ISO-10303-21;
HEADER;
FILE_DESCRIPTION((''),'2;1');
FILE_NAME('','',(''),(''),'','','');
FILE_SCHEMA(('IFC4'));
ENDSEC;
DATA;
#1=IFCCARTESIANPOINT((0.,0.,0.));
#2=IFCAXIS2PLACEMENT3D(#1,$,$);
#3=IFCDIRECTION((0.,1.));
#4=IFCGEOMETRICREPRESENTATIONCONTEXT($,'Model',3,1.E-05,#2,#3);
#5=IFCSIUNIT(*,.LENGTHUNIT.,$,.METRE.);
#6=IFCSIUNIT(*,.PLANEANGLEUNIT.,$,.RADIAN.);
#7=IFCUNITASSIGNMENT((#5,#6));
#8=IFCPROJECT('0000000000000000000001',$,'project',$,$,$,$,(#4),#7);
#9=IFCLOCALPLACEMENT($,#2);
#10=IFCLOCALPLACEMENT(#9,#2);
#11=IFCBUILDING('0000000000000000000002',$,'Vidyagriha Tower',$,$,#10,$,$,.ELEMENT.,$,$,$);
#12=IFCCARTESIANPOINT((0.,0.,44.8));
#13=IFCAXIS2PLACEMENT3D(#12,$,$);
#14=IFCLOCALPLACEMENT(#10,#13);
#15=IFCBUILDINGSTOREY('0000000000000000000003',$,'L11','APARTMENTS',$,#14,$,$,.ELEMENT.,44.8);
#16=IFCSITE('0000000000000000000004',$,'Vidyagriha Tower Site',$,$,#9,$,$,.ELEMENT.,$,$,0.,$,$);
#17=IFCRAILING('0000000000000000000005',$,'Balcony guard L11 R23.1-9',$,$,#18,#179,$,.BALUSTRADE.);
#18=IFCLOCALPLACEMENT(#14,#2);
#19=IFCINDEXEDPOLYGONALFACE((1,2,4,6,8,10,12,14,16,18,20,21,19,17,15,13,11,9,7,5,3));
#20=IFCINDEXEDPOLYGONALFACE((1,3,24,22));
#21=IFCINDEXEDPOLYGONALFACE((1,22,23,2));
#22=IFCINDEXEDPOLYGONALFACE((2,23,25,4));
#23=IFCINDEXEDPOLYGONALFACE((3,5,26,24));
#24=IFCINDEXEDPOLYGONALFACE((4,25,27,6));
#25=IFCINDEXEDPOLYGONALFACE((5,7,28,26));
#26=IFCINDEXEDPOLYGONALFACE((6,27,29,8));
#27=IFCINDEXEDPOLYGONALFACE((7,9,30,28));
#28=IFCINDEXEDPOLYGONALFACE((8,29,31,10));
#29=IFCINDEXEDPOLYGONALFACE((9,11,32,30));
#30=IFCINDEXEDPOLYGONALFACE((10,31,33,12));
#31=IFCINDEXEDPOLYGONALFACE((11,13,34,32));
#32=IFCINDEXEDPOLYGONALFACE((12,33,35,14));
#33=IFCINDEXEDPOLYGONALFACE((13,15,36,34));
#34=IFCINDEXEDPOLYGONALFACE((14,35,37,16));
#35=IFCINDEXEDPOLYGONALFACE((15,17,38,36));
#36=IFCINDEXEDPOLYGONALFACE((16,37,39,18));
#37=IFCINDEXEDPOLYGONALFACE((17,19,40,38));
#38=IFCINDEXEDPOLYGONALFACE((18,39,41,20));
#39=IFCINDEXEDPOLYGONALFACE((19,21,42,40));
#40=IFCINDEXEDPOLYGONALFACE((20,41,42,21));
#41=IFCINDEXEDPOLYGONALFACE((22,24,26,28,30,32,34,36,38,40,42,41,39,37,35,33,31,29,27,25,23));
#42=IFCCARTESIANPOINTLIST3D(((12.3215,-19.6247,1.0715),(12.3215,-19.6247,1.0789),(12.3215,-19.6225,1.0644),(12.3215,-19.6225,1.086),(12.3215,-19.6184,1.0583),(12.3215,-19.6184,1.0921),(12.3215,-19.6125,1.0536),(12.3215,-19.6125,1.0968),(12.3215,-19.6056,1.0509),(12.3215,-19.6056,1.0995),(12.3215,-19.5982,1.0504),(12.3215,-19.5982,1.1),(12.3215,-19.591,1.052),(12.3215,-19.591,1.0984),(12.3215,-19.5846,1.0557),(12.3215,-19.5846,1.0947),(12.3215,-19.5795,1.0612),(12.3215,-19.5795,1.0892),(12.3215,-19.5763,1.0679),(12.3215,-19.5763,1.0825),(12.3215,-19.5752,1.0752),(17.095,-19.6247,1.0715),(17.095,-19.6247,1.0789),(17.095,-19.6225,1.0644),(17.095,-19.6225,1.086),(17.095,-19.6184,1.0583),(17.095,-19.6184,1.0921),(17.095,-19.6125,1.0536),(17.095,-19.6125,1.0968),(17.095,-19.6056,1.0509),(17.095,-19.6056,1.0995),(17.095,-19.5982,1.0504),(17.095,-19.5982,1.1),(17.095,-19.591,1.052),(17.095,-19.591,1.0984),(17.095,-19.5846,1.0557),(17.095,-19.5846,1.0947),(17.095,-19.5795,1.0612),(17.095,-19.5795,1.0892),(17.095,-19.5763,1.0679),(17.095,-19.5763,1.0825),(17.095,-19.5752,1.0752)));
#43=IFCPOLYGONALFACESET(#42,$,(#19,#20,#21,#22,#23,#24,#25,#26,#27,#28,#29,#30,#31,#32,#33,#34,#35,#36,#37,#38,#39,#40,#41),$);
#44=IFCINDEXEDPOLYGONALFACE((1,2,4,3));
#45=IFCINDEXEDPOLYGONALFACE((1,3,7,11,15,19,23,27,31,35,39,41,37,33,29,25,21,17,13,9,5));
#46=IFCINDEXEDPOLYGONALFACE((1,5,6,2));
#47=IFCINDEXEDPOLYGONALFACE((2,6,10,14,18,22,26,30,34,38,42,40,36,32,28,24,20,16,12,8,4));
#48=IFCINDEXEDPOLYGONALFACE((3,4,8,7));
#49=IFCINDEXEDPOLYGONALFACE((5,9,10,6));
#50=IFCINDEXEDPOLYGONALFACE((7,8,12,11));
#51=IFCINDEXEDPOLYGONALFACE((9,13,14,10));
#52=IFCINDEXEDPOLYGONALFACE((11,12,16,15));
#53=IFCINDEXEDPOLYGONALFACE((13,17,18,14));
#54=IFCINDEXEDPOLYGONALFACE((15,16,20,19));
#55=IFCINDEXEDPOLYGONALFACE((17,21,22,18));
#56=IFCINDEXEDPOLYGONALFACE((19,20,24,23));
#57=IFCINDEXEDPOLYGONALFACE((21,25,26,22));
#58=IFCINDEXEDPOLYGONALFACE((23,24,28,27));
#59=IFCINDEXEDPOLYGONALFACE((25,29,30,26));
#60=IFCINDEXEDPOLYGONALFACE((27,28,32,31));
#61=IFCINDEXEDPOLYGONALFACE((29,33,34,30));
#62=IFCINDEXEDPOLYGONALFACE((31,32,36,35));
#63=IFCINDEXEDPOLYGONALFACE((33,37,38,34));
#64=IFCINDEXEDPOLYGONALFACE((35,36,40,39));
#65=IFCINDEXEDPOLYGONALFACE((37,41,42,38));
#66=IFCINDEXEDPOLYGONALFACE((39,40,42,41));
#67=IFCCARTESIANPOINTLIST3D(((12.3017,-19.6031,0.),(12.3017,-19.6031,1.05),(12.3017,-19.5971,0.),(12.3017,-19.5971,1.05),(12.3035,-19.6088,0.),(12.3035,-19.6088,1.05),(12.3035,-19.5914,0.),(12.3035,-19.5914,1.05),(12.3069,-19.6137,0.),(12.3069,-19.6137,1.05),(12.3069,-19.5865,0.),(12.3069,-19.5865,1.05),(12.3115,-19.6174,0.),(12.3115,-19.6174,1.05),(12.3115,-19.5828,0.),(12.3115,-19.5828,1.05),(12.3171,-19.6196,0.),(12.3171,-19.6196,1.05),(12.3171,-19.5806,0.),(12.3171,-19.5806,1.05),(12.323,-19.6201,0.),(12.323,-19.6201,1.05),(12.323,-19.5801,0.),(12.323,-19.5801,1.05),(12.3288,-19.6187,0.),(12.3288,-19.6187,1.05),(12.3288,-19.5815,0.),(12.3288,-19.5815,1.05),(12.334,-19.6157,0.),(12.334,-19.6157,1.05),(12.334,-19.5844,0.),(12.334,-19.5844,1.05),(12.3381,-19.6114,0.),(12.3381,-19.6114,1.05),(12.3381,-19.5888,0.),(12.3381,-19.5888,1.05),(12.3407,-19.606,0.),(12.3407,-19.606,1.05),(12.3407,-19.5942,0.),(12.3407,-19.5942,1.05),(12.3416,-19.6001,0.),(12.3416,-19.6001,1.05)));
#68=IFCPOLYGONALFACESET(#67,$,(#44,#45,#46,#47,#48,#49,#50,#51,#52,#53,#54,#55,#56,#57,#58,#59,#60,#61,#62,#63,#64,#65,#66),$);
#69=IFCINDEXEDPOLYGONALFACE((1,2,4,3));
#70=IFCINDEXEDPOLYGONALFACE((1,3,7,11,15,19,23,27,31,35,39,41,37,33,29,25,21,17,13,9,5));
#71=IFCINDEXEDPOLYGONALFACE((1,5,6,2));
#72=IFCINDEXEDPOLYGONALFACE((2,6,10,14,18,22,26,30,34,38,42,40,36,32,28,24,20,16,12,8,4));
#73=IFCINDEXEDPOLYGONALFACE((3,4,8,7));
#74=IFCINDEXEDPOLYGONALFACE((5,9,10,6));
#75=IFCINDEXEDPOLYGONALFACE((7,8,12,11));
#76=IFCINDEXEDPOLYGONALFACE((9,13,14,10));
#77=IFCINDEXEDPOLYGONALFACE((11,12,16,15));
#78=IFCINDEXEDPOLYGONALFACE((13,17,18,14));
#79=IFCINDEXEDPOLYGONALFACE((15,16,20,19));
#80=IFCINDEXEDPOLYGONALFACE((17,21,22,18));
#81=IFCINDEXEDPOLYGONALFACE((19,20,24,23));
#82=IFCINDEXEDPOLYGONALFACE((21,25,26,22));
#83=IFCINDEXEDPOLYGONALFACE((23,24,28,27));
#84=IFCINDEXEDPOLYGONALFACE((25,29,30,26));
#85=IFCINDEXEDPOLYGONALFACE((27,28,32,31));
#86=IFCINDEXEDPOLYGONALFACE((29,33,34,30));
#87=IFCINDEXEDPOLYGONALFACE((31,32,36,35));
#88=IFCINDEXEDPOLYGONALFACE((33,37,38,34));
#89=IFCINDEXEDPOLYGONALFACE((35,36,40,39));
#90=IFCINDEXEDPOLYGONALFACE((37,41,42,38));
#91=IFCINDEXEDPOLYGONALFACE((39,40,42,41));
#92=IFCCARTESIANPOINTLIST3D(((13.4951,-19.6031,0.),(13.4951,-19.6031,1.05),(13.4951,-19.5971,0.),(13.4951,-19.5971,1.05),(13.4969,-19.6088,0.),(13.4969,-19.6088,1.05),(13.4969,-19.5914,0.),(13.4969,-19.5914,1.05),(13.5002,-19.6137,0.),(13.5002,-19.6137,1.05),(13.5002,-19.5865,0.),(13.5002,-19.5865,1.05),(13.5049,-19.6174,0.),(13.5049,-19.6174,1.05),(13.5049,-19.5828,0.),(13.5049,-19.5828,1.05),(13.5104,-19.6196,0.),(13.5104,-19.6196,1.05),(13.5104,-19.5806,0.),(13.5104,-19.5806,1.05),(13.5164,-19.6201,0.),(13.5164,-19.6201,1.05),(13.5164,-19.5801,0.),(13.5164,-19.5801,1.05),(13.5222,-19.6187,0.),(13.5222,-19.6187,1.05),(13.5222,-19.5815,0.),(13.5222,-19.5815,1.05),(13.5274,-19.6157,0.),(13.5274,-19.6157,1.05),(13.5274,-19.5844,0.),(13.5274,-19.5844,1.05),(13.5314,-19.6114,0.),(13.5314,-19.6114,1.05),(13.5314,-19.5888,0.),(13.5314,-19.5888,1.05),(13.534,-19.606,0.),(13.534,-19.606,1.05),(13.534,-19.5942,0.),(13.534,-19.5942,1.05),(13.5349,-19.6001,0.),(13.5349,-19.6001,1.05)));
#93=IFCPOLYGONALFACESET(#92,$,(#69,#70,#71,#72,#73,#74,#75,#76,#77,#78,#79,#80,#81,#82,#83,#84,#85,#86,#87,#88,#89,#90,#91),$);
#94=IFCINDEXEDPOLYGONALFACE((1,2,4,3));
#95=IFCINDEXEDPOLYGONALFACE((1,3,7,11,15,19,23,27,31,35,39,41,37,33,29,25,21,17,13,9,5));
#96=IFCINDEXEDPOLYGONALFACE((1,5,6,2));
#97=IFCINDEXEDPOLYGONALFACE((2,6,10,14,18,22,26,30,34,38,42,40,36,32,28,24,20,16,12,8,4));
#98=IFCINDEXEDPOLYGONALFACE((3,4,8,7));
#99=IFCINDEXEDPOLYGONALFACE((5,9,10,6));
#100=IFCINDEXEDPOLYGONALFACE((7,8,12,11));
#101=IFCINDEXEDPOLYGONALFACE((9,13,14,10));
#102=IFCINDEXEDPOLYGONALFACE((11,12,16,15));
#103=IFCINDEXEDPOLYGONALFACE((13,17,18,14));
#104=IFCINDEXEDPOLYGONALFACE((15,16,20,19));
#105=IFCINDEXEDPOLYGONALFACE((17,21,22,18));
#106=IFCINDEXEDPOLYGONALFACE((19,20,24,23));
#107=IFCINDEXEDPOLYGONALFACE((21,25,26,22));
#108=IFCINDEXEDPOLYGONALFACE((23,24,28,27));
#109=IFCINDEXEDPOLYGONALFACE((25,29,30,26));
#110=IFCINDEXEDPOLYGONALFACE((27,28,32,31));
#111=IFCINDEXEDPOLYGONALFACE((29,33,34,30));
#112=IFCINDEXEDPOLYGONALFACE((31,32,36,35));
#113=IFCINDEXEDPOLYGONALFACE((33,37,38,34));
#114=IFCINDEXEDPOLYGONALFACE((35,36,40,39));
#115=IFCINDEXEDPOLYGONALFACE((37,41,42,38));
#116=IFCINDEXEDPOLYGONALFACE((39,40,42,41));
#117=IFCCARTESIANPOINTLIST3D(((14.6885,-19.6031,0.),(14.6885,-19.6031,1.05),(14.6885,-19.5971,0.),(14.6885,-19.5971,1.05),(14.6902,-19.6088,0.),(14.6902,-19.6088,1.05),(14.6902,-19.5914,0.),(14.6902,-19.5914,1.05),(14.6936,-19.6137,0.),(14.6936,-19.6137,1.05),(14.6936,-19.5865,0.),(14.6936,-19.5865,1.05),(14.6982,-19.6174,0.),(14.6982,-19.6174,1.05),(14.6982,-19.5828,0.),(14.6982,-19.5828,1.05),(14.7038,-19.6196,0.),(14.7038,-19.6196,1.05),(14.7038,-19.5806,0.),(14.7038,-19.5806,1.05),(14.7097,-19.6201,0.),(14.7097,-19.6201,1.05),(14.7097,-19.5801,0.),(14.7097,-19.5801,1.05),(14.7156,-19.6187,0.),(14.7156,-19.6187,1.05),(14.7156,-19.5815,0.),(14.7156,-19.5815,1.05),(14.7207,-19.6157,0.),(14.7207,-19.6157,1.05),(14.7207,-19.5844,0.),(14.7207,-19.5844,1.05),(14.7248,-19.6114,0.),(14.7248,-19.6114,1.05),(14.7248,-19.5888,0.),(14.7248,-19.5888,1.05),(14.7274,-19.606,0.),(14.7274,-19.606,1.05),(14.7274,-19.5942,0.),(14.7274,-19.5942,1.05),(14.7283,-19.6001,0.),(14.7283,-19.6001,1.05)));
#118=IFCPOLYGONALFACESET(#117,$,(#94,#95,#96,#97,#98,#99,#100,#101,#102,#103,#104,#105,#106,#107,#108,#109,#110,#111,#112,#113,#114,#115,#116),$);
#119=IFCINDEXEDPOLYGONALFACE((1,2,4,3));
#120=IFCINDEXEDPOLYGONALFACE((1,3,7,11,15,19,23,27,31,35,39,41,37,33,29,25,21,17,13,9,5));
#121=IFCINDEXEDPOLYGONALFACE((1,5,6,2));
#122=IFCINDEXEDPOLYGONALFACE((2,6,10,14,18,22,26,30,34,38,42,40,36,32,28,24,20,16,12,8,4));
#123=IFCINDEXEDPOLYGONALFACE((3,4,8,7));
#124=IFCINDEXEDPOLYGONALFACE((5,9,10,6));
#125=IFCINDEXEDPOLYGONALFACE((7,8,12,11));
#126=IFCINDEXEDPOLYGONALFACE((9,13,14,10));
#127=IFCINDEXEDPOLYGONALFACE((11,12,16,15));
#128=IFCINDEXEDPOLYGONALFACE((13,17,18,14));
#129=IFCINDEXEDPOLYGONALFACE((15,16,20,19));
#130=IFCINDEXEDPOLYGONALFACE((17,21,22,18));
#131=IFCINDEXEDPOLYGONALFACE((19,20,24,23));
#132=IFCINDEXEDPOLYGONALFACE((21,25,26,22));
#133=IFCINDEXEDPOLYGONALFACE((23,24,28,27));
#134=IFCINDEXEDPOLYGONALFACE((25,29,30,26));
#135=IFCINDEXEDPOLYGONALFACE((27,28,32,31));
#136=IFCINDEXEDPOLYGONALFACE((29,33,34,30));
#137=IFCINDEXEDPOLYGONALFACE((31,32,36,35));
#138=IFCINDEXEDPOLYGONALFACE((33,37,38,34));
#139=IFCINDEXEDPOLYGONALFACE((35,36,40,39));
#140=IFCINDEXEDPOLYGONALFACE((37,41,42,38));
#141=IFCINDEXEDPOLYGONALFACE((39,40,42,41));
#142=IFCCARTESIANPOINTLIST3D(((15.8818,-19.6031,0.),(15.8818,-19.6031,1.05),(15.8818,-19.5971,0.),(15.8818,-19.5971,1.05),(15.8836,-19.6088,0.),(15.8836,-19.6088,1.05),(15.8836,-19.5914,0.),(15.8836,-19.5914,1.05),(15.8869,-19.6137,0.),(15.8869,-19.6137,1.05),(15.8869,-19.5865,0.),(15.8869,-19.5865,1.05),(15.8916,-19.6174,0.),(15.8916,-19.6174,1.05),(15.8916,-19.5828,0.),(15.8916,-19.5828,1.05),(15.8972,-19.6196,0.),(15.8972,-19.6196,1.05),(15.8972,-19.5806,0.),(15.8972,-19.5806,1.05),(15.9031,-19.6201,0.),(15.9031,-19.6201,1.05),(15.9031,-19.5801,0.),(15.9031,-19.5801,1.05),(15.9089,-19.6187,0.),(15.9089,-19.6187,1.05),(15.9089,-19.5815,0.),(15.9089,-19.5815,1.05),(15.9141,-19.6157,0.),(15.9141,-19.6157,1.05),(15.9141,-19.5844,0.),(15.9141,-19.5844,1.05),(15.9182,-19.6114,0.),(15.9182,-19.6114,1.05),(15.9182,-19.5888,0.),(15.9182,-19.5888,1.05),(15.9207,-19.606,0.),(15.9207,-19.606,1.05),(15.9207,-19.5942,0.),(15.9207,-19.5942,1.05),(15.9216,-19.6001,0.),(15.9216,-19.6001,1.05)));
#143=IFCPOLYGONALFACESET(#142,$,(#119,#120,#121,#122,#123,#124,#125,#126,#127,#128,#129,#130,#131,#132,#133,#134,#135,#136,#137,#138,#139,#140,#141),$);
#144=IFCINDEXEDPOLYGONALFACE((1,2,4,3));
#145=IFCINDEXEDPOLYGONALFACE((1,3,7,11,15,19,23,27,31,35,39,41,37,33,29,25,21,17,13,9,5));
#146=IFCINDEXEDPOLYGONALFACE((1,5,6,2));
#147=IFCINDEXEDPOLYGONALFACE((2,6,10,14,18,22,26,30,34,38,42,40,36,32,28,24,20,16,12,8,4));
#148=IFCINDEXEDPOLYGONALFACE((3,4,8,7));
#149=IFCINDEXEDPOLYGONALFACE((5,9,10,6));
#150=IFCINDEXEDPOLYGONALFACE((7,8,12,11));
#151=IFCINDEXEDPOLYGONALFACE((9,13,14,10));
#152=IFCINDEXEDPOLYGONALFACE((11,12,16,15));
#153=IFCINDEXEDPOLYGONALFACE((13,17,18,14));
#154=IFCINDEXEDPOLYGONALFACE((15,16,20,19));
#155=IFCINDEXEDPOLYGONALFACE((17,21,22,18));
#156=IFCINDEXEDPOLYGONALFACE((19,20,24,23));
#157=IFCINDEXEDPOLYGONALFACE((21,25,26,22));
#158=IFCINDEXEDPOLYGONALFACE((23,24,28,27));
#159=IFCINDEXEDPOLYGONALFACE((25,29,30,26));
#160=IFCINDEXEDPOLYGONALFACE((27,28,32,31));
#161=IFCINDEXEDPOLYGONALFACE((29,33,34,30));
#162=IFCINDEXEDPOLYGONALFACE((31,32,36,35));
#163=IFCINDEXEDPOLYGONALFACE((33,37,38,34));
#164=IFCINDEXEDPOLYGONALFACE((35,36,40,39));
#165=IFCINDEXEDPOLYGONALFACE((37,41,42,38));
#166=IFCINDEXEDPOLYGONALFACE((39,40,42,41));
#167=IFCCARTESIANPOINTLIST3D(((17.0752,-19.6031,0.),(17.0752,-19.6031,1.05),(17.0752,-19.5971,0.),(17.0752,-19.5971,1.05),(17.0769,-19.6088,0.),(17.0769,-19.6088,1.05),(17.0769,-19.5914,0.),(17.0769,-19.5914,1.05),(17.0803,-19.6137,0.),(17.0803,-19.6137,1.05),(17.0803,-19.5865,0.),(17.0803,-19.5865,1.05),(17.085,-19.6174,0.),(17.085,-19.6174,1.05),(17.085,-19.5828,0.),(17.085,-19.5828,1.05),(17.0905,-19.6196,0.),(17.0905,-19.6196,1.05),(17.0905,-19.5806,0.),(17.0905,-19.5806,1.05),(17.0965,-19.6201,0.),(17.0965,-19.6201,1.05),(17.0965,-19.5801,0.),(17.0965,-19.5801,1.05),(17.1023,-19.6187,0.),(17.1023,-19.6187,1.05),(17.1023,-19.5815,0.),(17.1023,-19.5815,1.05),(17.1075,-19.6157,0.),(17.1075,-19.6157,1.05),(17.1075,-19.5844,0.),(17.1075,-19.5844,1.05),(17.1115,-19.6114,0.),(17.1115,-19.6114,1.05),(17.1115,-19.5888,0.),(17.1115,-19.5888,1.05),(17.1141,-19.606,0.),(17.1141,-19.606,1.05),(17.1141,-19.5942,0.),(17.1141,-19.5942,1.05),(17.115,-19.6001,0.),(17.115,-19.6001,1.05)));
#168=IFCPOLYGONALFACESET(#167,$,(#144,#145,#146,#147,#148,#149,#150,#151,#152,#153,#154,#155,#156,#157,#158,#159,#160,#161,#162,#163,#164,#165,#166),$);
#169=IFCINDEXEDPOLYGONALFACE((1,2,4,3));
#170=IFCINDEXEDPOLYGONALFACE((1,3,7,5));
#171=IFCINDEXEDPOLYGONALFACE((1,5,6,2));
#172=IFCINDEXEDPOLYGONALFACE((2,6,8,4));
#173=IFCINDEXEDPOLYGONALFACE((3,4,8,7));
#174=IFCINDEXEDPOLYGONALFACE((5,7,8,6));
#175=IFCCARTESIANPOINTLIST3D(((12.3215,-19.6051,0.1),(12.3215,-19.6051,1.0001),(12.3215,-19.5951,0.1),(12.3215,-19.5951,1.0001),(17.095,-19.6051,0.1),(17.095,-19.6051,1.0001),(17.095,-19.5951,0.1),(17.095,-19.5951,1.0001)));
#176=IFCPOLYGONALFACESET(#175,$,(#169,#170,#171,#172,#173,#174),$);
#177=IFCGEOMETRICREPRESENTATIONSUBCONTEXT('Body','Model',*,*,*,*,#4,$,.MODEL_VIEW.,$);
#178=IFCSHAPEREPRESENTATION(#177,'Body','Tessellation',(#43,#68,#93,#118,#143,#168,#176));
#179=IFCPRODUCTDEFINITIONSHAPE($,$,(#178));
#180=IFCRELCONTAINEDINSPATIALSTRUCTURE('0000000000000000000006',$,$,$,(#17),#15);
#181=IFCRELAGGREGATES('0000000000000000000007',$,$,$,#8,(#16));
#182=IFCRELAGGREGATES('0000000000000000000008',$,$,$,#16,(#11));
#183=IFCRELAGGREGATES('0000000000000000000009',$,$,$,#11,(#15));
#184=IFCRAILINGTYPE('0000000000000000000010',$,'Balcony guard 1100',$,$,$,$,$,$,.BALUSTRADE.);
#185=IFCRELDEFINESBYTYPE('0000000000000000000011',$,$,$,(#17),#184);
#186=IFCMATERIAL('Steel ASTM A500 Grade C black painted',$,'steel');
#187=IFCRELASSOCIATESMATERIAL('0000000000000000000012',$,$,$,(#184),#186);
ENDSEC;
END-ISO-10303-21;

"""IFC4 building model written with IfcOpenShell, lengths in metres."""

from ifc_helpers import new_model, si_unit, direction, frame, origin, origin_2d, place, context, subcontext, project, spatial, rectangle, circle, extrude, material, type_object, element, save


model = new_model("IFC4")

# Units and contexts
model_context = context("Model", 3, precision=1e-05, world=origin(), true_north=direction((0.0, 1.0)))
body_context = subcontext(model_context, "Body", "Model", "MODEL_VIEW")
ifc_project = project(units=[si_unit("LENGTHUNIT", "METRE"), si_unit("PLANEANGLEUNIT", "RADIAN")], contexts=[model_context])

# Site, building, storey
site_placement = place(None, origin())
site = spatial("IfcSite", under=ifc_project, at=site_placement, Name="Vidyagriha Tower Site", CompositionType="ELEMENT", RefElevation=0.0)
building_placement = place(site_placement, origin())
building = spatial("IfcBuilding", under=site, at=building_placement, Name="Vidyagriha Tower", CompositionType="ELEMENT")
storey_placement = place(building_placement, frame((0.0, 0.0, 44.8)))
storey = spatial("IfcBuildingStorey", under=building, at=storey_placement, Name="L11", Description="APARTMENTS", CompositionType="ELEMENT", Elevation=44.8)

# Railing
ifc_material_1 = material(Name="Steel ASTM A500 Grade C black painted", Category="steel")
railing_type = type_object("IfcRailingType", Name="Balcony guard 1100", PredefinedType="BALUSTRADE", material=ifc_material_1)
railing_1_placement = place(storey_placement, frame((12.3215, -19.6001, 0.0)))
element("IfcRailing", 1, at=railing_1_placement, inside=storey, type_object=railing_type, Name="Balcony guard L11 R23.1-9", PredefinedType="BALUSTRADE", context=body_context, shape_type="SweptSolid", body=[
    extrude(circle(Radius=0.0249, at=origin_2d()), frame((0.0, 0.0, 1.0752), z_axis=(1.0, 0.0, 0.0), x_axis=(0.0, 1.0, 0.0)), (0.0, 0.0, 1.0), 4.7734),
    extrude(circle(Radius=0.02, at=origin_2d()), origin(), (0.0, 0.0, 1.0), 1.05),
    extrude(circle(Radius=0.02, at=origin_2d()), frame((1.1934, 0.0, 0.0)), (0.0, 0.0, 1.0), 1.05),
    extrude(circle(Radius=0.02, at=origin_2d()), frame((2.3867, 0.0, 0.0)), (0.0, 0.0, 1.0), 1.05),
    extrude(circle(Radius=0.02, at=origin_2d()), frame((3.5801, 0.0, 0.0)), (0.0, 0.0, 1.0), 1.05),
    extrude(circle(Radius=0.02, at=origin_2d()), frame((4.7734, 0.0, 0.0)), (0.0, 0.0, 1.0), 1.05),
    extrude(rectangle(XDim=0.01, YDim=0.9001, at=origin_2d()), frame((0.0, 0.0, 0.55), z_axis=(1.0, 0.0, 0.0), x_axis=(0.0, 1.0, 0.0)), (0.0, 0.0, 1.0), 4.7734),
])

save(model, "model.ifc")
